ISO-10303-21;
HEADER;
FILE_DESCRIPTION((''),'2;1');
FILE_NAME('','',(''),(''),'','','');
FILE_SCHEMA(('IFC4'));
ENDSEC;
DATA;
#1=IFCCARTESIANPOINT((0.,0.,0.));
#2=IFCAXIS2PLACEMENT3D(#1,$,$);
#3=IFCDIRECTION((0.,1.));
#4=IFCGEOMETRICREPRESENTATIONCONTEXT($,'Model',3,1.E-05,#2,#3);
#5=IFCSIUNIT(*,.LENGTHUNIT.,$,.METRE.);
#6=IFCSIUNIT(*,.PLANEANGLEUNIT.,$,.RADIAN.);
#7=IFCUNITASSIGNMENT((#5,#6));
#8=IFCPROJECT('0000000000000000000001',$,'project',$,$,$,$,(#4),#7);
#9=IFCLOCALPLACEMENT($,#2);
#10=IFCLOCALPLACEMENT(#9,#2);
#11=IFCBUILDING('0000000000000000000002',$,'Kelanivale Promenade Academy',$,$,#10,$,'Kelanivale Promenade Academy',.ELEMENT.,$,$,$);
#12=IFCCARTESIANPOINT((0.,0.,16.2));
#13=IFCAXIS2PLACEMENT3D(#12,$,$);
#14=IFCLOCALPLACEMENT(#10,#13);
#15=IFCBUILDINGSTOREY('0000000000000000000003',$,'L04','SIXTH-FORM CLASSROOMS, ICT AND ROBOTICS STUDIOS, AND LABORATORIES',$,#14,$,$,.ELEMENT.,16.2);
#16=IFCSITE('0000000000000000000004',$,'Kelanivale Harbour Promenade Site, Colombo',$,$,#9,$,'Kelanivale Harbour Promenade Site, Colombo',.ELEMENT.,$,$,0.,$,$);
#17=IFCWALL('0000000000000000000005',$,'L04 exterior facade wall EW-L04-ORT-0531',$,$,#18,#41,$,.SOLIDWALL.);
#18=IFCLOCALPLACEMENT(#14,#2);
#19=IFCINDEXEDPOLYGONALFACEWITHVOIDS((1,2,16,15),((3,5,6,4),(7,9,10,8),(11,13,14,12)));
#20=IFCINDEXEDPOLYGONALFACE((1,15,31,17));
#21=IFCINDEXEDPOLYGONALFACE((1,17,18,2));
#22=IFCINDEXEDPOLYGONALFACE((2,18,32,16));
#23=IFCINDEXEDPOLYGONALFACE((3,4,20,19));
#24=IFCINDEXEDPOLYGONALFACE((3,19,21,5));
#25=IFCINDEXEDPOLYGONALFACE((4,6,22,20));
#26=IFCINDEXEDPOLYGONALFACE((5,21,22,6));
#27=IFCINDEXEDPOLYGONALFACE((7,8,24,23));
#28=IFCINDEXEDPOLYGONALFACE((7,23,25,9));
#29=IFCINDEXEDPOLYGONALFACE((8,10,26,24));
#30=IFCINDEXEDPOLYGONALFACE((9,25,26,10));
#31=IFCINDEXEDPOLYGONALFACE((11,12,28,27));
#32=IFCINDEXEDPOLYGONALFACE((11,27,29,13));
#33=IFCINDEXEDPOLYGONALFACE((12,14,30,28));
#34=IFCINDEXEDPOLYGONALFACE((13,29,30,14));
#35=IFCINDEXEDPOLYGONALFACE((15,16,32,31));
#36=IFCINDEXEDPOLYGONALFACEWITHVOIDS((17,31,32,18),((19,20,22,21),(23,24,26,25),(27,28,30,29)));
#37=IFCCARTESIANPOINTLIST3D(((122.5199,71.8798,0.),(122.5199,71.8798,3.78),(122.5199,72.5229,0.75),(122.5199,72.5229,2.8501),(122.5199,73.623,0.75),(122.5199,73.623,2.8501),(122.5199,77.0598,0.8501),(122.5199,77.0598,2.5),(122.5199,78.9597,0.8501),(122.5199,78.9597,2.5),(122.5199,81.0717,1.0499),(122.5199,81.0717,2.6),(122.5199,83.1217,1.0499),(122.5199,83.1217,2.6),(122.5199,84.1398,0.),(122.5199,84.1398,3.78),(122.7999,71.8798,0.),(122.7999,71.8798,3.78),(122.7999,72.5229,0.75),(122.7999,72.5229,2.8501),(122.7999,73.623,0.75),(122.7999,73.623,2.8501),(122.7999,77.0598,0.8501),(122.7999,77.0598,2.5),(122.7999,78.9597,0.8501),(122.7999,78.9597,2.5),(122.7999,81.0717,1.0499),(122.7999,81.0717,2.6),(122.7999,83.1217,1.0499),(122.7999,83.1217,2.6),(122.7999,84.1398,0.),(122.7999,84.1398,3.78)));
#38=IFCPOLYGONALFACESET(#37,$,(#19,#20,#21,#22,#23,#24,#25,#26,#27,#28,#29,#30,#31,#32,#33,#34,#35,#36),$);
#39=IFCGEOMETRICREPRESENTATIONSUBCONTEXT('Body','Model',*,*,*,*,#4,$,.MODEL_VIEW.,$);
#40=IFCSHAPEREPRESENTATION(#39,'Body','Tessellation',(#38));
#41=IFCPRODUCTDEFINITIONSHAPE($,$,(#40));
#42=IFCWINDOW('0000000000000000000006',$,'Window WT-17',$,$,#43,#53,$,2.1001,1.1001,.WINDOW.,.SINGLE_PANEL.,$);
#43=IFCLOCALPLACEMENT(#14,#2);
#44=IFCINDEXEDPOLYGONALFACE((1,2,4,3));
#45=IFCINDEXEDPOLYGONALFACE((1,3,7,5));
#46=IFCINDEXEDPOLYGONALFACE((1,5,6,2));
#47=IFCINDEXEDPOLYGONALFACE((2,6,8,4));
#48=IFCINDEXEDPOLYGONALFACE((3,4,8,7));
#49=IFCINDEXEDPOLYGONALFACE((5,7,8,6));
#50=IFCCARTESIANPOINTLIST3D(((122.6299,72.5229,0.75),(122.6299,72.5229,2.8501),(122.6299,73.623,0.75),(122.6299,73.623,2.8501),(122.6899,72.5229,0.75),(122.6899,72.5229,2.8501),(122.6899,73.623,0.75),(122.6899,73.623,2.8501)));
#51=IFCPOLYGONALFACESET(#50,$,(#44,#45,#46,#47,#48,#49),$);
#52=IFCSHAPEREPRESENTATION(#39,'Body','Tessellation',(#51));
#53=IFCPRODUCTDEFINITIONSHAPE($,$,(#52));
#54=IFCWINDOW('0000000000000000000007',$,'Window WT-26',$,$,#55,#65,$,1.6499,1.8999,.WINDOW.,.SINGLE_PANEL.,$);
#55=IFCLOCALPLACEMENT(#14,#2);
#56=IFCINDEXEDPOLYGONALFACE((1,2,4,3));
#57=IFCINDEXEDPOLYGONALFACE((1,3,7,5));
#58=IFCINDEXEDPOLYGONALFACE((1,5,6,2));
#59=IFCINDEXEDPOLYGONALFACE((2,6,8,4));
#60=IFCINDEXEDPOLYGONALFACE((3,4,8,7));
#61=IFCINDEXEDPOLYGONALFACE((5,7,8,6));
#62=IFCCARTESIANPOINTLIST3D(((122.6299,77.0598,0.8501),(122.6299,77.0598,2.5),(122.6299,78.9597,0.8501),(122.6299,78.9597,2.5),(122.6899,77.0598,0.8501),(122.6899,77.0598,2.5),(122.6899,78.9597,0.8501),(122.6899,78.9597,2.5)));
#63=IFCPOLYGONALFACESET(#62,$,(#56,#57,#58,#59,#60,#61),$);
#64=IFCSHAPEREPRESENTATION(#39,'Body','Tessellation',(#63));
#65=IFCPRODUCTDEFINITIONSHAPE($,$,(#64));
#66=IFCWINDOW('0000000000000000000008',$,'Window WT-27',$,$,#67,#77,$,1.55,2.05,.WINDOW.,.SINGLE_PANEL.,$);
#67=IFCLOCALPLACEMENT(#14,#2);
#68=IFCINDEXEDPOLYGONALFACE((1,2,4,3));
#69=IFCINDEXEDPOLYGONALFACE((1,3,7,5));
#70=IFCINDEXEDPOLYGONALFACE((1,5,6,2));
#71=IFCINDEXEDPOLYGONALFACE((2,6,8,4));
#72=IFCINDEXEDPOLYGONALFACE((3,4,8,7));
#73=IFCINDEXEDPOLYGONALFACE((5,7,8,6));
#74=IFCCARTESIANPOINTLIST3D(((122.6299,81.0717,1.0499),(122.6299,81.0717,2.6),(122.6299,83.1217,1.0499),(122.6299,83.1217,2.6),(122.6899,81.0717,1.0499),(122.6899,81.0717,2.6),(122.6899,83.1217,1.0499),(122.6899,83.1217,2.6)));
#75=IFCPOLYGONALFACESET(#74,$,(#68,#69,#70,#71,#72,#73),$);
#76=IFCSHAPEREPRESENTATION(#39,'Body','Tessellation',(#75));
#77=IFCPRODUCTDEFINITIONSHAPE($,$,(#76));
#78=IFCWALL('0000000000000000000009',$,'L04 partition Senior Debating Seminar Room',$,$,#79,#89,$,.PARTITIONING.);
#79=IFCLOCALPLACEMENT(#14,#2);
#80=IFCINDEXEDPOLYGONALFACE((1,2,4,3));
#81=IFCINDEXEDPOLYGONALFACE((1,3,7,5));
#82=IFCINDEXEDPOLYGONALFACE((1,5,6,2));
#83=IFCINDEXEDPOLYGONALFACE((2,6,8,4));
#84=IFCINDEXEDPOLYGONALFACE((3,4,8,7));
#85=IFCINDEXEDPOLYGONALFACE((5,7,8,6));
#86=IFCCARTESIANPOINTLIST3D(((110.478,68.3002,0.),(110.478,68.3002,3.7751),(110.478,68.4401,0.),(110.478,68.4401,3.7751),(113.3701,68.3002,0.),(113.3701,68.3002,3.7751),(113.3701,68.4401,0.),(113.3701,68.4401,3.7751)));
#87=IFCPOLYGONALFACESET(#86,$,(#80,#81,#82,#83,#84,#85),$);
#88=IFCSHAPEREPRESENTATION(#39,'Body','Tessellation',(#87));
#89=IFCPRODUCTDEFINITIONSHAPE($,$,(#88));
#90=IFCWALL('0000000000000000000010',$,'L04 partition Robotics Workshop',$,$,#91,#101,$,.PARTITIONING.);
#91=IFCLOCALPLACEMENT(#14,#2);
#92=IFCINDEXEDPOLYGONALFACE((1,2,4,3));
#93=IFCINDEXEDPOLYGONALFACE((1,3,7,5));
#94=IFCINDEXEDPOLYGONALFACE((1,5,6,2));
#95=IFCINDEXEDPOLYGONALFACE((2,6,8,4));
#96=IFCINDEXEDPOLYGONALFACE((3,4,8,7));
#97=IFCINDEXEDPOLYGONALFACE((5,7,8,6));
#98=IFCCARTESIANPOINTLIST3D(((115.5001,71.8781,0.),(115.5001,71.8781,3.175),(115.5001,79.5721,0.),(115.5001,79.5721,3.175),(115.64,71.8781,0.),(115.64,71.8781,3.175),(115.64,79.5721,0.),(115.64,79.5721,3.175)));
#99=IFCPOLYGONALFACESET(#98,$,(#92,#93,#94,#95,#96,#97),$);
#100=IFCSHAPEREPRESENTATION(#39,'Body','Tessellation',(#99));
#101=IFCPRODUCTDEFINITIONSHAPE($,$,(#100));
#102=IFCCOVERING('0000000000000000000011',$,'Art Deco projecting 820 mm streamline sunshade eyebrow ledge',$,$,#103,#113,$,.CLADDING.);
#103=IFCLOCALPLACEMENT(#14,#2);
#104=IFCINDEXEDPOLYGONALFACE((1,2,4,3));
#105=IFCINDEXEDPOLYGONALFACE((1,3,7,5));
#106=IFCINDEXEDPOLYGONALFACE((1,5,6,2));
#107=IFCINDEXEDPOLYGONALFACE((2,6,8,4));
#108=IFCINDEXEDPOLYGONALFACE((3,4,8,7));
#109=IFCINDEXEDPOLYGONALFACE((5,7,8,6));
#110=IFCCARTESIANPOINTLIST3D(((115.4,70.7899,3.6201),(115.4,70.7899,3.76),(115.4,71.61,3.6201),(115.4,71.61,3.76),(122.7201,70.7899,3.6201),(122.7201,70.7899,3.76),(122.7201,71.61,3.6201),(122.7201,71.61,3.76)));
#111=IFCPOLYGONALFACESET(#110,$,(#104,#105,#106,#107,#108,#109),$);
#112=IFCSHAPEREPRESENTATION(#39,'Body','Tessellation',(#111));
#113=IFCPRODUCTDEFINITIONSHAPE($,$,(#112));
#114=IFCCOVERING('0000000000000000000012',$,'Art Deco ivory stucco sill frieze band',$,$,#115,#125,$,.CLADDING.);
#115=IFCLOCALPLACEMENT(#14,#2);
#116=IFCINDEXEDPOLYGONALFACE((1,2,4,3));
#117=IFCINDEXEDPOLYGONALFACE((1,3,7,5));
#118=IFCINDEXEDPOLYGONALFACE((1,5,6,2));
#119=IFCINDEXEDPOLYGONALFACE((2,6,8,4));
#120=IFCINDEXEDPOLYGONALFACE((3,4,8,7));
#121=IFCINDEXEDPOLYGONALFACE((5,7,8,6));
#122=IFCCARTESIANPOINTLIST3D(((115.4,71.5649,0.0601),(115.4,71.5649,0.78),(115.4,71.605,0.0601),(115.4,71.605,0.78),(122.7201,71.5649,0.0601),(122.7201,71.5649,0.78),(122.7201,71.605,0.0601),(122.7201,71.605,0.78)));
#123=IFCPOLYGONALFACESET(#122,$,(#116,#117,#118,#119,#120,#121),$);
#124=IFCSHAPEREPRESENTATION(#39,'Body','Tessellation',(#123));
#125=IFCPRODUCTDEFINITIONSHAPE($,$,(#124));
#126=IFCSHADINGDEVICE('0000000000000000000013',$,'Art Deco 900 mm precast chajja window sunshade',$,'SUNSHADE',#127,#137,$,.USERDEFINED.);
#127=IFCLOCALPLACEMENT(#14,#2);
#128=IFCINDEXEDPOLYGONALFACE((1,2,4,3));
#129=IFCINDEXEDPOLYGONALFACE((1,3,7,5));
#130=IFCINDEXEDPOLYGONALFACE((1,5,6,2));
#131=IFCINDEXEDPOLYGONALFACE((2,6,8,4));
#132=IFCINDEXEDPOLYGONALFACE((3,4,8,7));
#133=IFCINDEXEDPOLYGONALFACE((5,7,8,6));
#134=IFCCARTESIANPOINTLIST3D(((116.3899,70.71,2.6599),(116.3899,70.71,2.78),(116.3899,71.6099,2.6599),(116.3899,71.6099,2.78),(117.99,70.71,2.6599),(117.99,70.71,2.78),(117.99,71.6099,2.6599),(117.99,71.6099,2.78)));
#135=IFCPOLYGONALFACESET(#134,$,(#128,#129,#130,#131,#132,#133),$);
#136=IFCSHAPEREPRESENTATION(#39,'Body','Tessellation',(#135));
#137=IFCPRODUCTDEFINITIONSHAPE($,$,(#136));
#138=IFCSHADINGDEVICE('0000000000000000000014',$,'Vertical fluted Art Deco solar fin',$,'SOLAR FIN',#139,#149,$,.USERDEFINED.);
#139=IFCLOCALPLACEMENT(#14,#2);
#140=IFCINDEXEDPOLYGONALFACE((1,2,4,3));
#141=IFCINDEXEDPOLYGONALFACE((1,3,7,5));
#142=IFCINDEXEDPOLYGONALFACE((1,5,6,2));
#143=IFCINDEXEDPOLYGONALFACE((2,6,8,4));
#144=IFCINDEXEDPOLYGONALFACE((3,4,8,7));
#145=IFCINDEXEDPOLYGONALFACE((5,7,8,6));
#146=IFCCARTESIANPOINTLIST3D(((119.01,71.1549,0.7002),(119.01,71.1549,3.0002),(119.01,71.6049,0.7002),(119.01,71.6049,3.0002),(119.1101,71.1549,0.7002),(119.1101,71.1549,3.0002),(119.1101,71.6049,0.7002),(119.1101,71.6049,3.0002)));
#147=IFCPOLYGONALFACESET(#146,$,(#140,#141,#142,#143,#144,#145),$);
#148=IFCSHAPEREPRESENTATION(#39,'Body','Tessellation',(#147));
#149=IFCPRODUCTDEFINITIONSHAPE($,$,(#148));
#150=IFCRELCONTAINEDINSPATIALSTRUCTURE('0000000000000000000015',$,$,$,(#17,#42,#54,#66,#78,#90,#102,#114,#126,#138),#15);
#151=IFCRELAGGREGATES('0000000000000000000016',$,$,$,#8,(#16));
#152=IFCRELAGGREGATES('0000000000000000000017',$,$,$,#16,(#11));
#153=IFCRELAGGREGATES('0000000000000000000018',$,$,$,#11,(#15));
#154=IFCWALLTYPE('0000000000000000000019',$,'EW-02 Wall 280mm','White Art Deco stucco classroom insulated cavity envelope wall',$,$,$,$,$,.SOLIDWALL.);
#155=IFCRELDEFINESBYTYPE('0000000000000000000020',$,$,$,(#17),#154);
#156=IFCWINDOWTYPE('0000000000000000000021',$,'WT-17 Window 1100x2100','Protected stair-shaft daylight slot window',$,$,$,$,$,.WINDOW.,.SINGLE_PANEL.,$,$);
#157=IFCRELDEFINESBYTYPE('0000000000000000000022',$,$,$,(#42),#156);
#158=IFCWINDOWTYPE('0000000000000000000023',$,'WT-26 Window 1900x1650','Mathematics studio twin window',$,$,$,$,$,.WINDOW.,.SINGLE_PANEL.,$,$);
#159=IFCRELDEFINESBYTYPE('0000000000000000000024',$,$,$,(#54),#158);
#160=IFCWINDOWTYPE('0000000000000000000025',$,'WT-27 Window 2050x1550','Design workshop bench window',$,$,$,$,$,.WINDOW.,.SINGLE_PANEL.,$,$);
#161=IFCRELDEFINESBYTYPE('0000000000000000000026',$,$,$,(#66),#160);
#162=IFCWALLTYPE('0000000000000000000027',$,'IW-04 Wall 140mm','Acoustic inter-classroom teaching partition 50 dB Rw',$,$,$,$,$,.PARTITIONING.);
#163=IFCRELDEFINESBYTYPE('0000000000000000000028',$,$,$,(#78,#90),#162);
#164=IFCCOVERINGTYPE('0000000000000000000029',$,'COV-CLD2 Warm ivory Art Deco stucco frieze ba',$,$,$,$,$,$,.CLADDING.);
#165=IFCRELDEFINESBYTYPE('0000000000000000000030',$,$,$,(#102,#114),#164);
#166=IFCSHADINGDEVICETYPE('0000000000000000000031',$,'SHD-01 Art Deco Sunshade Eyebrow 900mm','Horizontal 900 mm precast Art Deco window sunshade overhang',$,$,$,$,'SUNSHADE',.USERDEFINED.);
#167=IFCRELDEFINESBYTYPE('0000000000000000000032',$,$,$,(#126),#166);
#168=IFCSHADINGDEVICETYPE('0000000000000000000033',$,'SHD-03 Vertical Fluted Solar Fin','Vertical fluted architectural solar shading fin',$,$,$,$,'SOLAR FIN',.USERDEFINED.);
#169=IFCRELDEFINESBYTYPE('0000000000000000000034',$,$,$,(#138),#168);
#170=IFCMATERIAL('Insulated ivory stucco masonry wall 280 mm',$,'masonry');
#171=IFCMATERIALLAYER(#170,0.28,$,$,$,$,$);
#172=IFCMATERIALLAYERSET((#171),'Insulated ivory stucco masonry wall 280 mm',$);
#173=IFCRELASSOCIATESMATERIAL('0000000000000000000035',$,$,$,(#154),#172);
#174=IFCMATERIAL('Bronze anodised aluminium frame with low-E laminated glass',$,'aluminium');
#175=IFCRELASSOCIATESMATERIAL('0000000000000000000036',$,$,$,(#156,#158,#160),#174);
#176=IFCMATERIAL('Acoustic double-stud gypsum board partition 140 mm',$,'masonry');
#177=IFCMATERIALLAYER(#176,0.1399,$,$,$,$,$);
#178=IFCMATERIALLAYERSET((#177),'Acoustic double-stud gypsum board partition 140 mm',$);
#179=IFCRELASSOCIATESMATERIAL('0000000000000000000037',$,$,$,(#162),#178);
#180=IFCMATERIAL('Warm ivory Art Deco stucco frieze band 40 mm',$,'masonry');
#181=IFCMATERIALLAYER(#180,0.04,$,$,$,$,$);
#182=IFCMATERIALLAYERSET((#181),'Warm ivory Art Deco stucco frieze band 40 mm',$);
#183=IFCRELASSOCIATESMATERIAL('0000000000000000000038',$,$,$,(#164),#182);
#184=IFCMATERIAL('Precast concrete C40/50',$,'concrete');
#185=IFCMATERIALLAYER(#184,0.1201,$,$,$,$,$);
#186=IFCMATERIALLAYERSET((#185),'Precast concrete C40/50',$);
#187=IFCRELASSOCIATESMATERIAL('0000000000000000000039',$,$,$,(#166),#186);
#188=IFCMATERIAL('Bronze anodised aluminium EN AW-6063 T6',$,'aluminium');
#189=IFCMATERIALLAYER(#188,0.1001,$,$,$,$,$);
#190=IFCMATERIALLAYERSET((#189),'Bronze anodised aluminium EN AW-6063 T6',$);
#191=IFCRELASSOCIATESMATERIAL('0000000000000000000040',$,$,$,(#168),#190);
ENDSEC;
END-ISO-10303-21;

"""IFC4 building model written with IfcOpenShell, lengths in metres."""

from ifc_helpers import new_model, si_unit, direction, frame, frame_2d, origin, origin_2d, place, context, subcontext, project, spatial, rectangle, extrude, material, layer, layer_set, type_object, element, fill, save


model = new_model("IFC4")

# Units and contexts
model_context = context("Model", 3, precision=1e-05, world=origin(), true_north=direction((0.0, 1.0)))
body_context = subcontext(model_context, "Body", "Model", "MODEL_VIEW")
ifc_project = project(units=[si_unit("LENGTHUNIT", "METRE"), si_unit("PLANEANGLEUNIT", "RADIAN")], contexts=[model_context])

# Site, building, storey
site_placement = place(None, origin())
site = spatial("IfcSite", under=ifc_project, at=site_placement, Name="Kelanivale Harbour Promenade Site, Colombo", LongName="Kelanivale Harbour Promenade Site, Colombo", CompositionType="ELEMENT", RefElevation=0.0)
building_placement = place(site_placement, origin())
building = spatial("IfcBuilding", under=site, at=building_placement, Name="Kelanivale Promenade Academy", LongName="Kelanivale Promenade Academy", CompositionType="ELEMENT")
storey_placement = place(building_placement, frame((0.0, 0.0, 16.2)))
storey = spatial("IfcBuildingStorey", under=building, at=storey_placement, Name="L04", Description="SIXTH-FORM CLASSROOMS, ICT AND ROBOTICS STUDIOS, AND LABORATORIES", CompositionType="ELEMENT", Elevation=16.2)

# Wall, openings, windows
ifc_material_1 = material(Name="Insulated ivory stucco masonry wall 280 mm", Category="masonry")
ifc_layer_1 = layer(ifc_material_1, 0.28)
ifc_layer_set_1 = layer_set([ifc_layer_1], Name="Insulated ivory stucco masonry wall 280 mm")
wall_type_1 = type_object("IfcWallType", Name="EW-02 Wall 280mm", Description="White Art Deco stucco classroom insulated cavity envelope wall", PredefinedType="SOLIDWALL", material=ifc_layer_set_1)
ifc_material_2 = material(Name="Bronze anodised aluminium frame with low-E laminated glass", Category="aluminium")
wall_1_placement = place(storey_placement, frame((122.6599, 71.8799, 0.0), z_axis=(0.0, 0.0, 1.0), x_axis=(0.0, 1.0, 0.0)))
wall_1 = element("IfcWall", 1, at=wall_1_placement, inside=storey, type_object=wall_type_1, Name="L04 exterior facade wall EW-L04-ORT-0531", PredefinedType="SOLIDWALL", context=body_context, shape_type="SweptSolid", body=[
    extrude(rectangle(XDim=12.26, YDim=0.28, at=frame_2d((6.1299, 0.0))), origin(), (0.0, 0.0, 1.0), 3.78),
])
opening_1_placement = place(wall_1_placement, frame((0.6431, 0.0, 0.75)))
opening_1 = element("IfcOpeningElement", 2, at=opening_1_placement, cuts=wall_1, PredefinedType="OPENING", context=body_context, shape_type="SweptSolid", body=[
    extrude(rectangle(XDim=1.1001, YDim=2.1001, at=frame_2d((0.55, 1.05))), frame((0.0, 0.1499, 0.0), z_axis=(0.0, -1.0, 0.0), x_axis=(1.0, 0.0, 0.0)), (0.0, 0.0, 1.0), 0.3),
])
opening_2_placement = place(wall_1_placement, frame((5.1799, 0.0, 0.8501)))
opening_2 = element("IfcOpeningElement", 3, at=opening_2_placement, cuts=wall_1, PredefinedType="OPENING", context=body_context, shape_type="SweptSolid", body=[
    extrude(rectangle(XDim=1.8999, YDim=1.6499, at=frame_2d((0.95, 0.825))), frame((0.0, 0.1499, 0.0), z_axis=(0.0, -1.0, 0.0), x_axis=(1.0, 0.0, 0.0)), (0.0, 0.0, 1.0), 0.3),
])
opening_3_placement = place(wall_1_placement, frame((9.1919, 0.0, 1.05)))
opening_3 = element("IfcOpeningElement", 4, at=opening_3_placement, cuts=wall_1, PredefinedType="OPENING", context=body_context, shape_type="SweptSolid", body=[
    extrude(rectangle(XDim=2.05, YDim=1.55, at=frame_2d((1.0249, 0.7749))), frame((0.0, 0.1499, 0.0), z_axis=(0.0, -1.0, 0.0), x_axis=(1.0, 0.0, 0.0)), (0.0, 0.0, 1.0), 0.3),
])
window_type_1 = type_object("IfcWindowType", Name="WT-17 Window 1100x2100", Description="Protected stair-shaft daylight slot window", PartitioningType="SINGLE_PANEL", PredefinedType="WINDOW", material=ifc_material_2)
window_1_placement = place(opening_1_placement, origin())
window_1 = element("IfcWindow", 5, at=window_1_placement, inside=storey, type_object=window_type_1, Name="Window WT-17", OverallHeight=2.1001, OverallWidth=1.1001, PartitioningType="SINGLE_PANEL", PredefinedType="WINDOW", context=body_context, shape_type="SweptSolid", body=[
    extrude(rectangle(XDim=1.1001, YDim=2.1001, at=frame_2d((0.55, 1.05))), frame((0.0, 0.03, 0.0), z_axis=(0.0, -1.0, 0.0), x_axis=(1.0, 0.0, 0.0)), (0.0, 0.0, 1.0), 0.0601),
])
fill(opening_1, window_1)
window_type_2 = type_object("IfcWindowType", Name="WT-26 Window 1900x1650", Description="Mathematics studio twin window", PartitioningType="SINGLE_PANEL", PredefinedType="WINDOW", material=ifc_material_2)
window_2_placement = place(opening_2_placement, origin())
window_2 = element("IfcWindow", 6, at=window_2_placement, inside=storey, type_object=window_type_2, Name="Window WT-26", OverallHeight=1.6499, OverallWidth=1.8999, PartitioningType="SINGLE_PANEL", PredefinedType="WINDOW", context=body_context, shape_type="SweptSolid", body=[
    extrude(rectangle(XDim=1.8999, YDim=1.6499, at=frame_2d((0.95, 0.825))), frame((0.0, 0.03, 0.0), z_axis=(0.0, -1.0, 0.0), x_axis=(1.0, 0.0, 0.0)), (0.0, 0.0, 1.0), 0.0601),
])
fill(opening_2, window_2)
window_type_3 = type_object("IfcWindowType", Name="WT-27 Window 2050x1550", Description="Design workshop bench window", PartitioningType="SINGLE_PANEL", PredefinedType="WINDOW", material=ifc_material_2)
window_3_placement = place(opening_3_placement, origin())
window_3 = element("IfcWindow", 7, at=window_3_placement, inside=storey, type_object=window_type_3, Name="Window WT-27", OverallHeight=1.55, OverallWidth=2.05, PartitioningType="SINGLE_PANEL", PredefinedType="WINDOW", context=body_context, shape_type="SweptSolid", body=[
    extrude(rectangle(XDim=2.05, YDim=1.55, at=frame_2d((1.0249, 0.7749))), frame((0.0, 0.03, 0.0), z_axis=(0.0, -1.0, 0.0), x_axis=(1.0, 0.0, 0.0)), (0.0, 0.0, 1.0), 0.0601),
])
fill(opening_3, window_3)

# Walls
ifc_material_3 = material(Name="Acoustic double-stud gypsum board partition 140 mm", Category="masonry")
ifc_layer_2 = layer(ifc_material_3, 0.1399)
ifc_layer_set_2 = layer_set([ifc_layer_2], Name="Acoustic double-stud gypsum board partition 140 mm")
wall_type_2 = type_object("IfcWallType", Name="IW-04 Wall 140mm", Description="Acoustic inter-classroom teaching partition 50 dB Rw", PredefinedType="PARTITIONING", material=ifc_layer_set_2)
wall_2_placement = place(storey_placement, frame((113.3701, 68.3701, 0.0), z_axis=(0.0, 0.0, 1.0), x_axis=(-1.0, 0.0, 0.0)))
element("IfcWall", 8, at=wall_2_placement, inside=storey, type_object=wall_type_2, Name="L04 partition Senior Debating Seminar Room", PredefinedType="PARTITIONING", context=body_context, shape_type="SweptSolid", body=[
    extrude(rectangle(XDim=2.8921, YDim=0.1399, at=frame_2d((1.446, 0.0))), origin(), (0.0, 0.0, 1.0), 3.7751),
])
wall_3_placement = place(storey_placement, frame((115.5701, 71.8779, 0.0), z_axis=(0.0, 0.0, 1.0), x_axis=(0.0, 1.0, 0.0)))
element("IfcWall", 9, at=wall_3_placement, inside=storey, type_object=wall_type_2, Name="L04 partition Robotics Workshop", PredefinedType="PARTITIONING", context=body_context, shape_type="SweptSolid", body=[
    extrude(rectangle(XDim=7.6941, YDim=0.1399, at=frame_2d((3.8472, 0.0))), origin(), (0.0, 0.0, 1.0), 3.175),
])

# Coverings
ifc_material_4 = material(Name="Warm ivory Art Deco stucco frieze band 40 mm", Category="masonry")
ifc_layer_3 = layer(ifc_material_4, 0.04)
ifc_layer_set_3 = layer_set([ifc_layer_3], Name="Warm ivory Art Deco stucco frieze band 40 mm")
covering_type = type_object("IfcCoveringType", Name="COV-CLD2 Warm ivory Art Deco stucco frieze ba", PredefinedType="CLADDING", material=ifc_layer_set_3)
covering_1_placement = place(storey_placement, frame((119.0601, 71.2, 3.6201), z_axis=(0.0, 0.0, 1.0), x_axis=(1.0, 0.0, 0.0)))
element("IfcCovering", 10, at=covering_1_placement, inside=storey, type_object=covering_type, Name="Art Deco projecting 820 mm streamline sunshade eyebrow ledge", PredefinedType="CLADDING", context=body_context, shape_type="SweptSolid", body=[
    extrude(rectangle(XDim=7.3201, YDim=0.8201, at=origin_2d()), origin(), (0.0, 0.0, 1.0), 0.1399),
])
covering_2_placement = place(storey_placement, frame((119.0601, 71.585, 0.0601), z_axis=(0.0, 0.0, 1.0), x_axis=(1.0, 0.0, 0.0)))
element("IfcCovering", 11, at=covering_2_placement, inside=storey, type_object=covering_type, Name="Art Deco ivory stucco sill frieze band", PredefinedType="CLADDING", context=body_context, shape_type="SweptSolid", body=[
    extrude(rectangle(XDim=7.3201, YDim=0.04, at=origin_2d()), origin(), (0.0, 0.0, 1.0), 0.72),
])

# Shading devices
ifc_material_5 = material(Name="Precast concrete C40/50", Category="concrete")
ifc_layer_4 = layer(ifc_material_5, 0.1201)
ifc_layer_set_4 = layer_set([ifc_layer_4], Name="Precast concrete C40/50")
shading_device_type_1 = type_object("IfcShadingDeviceType", Name="SHD-01 Art Deco Sunshade Eyebrow 900mm", Description="Horizontal 900 mm precast Art Deco window sunshade overhang", ElementType="SUNSHADE", PredefinedType="USERDEFINED", material=ifc_layer_set_4)
shading_device_1_placement = place(storey_placement, frame((117.1899, 71.1599, 2.6599), z_axis=(0.0, 0.0, 1.0), x_axis=(1.0, 0.0, 0.0)))
element("IfcShadingDevice", 12, at=shading_device_1_placement, inside=storey, type_object=shading_device_type_1, Name="Art Deco 900 mm precast chajja window sunshade", ObjectType="SUNSHADE", PredefinedType="USERDEFINED", context=body_context, shape_type="SweptSolid", body=[
    extrude(rectangle(XDim=1.6001, YDim=0.8999, at=origin_2d()), origin(), (0.0, 0.0, 1.0), 0.1201),
])
ifc_material_6 = material(Name="Bronze anodised aluminium EN AW-6063 T6", Category="aluminium")
ifc_layer_5 = layer(ifc_material_6, 0.1001)
ifc_layer_set_5 = layer_set([ifc_layer_5], Name="Bronze anodised aluminium EN AW-6063 T6")
shading_device_type_2 = type_object("IfcShadingDeviceType", Name="SHD-03 Vertical Fluted Solar Fin", Description="Vertical fluted architectural solar shading fin", ElementType="SOLAR FIN", PredefinedType="USERDEFINED", material=ifc_layer_set_5)
shading_device_2_placement = place(storey_placement, frame((119.0601, 71.3799, 0.7002), z_axis=(0.0, 0.0, 1.0), x_axis=(1.0, 0.0, 0.0)))
element("IfcShadingDevice", 13, at=shading_device_2_placement, inside=storey, type_object=shading_device_type_2, Name="Vertical fluted Art Deco solar fin", ObjectType="SOLAR FIN", PredefinedType="USERDEFINED", context=body_context, shape_type="SweptSolid", body=[
    extrude(rectangle(XDim=0.1001, YDim=0.45, at=origin_2d()), origin(), (0.0, 0.0, 1.0), 2.3),
])

save(model, "model.ifc")
